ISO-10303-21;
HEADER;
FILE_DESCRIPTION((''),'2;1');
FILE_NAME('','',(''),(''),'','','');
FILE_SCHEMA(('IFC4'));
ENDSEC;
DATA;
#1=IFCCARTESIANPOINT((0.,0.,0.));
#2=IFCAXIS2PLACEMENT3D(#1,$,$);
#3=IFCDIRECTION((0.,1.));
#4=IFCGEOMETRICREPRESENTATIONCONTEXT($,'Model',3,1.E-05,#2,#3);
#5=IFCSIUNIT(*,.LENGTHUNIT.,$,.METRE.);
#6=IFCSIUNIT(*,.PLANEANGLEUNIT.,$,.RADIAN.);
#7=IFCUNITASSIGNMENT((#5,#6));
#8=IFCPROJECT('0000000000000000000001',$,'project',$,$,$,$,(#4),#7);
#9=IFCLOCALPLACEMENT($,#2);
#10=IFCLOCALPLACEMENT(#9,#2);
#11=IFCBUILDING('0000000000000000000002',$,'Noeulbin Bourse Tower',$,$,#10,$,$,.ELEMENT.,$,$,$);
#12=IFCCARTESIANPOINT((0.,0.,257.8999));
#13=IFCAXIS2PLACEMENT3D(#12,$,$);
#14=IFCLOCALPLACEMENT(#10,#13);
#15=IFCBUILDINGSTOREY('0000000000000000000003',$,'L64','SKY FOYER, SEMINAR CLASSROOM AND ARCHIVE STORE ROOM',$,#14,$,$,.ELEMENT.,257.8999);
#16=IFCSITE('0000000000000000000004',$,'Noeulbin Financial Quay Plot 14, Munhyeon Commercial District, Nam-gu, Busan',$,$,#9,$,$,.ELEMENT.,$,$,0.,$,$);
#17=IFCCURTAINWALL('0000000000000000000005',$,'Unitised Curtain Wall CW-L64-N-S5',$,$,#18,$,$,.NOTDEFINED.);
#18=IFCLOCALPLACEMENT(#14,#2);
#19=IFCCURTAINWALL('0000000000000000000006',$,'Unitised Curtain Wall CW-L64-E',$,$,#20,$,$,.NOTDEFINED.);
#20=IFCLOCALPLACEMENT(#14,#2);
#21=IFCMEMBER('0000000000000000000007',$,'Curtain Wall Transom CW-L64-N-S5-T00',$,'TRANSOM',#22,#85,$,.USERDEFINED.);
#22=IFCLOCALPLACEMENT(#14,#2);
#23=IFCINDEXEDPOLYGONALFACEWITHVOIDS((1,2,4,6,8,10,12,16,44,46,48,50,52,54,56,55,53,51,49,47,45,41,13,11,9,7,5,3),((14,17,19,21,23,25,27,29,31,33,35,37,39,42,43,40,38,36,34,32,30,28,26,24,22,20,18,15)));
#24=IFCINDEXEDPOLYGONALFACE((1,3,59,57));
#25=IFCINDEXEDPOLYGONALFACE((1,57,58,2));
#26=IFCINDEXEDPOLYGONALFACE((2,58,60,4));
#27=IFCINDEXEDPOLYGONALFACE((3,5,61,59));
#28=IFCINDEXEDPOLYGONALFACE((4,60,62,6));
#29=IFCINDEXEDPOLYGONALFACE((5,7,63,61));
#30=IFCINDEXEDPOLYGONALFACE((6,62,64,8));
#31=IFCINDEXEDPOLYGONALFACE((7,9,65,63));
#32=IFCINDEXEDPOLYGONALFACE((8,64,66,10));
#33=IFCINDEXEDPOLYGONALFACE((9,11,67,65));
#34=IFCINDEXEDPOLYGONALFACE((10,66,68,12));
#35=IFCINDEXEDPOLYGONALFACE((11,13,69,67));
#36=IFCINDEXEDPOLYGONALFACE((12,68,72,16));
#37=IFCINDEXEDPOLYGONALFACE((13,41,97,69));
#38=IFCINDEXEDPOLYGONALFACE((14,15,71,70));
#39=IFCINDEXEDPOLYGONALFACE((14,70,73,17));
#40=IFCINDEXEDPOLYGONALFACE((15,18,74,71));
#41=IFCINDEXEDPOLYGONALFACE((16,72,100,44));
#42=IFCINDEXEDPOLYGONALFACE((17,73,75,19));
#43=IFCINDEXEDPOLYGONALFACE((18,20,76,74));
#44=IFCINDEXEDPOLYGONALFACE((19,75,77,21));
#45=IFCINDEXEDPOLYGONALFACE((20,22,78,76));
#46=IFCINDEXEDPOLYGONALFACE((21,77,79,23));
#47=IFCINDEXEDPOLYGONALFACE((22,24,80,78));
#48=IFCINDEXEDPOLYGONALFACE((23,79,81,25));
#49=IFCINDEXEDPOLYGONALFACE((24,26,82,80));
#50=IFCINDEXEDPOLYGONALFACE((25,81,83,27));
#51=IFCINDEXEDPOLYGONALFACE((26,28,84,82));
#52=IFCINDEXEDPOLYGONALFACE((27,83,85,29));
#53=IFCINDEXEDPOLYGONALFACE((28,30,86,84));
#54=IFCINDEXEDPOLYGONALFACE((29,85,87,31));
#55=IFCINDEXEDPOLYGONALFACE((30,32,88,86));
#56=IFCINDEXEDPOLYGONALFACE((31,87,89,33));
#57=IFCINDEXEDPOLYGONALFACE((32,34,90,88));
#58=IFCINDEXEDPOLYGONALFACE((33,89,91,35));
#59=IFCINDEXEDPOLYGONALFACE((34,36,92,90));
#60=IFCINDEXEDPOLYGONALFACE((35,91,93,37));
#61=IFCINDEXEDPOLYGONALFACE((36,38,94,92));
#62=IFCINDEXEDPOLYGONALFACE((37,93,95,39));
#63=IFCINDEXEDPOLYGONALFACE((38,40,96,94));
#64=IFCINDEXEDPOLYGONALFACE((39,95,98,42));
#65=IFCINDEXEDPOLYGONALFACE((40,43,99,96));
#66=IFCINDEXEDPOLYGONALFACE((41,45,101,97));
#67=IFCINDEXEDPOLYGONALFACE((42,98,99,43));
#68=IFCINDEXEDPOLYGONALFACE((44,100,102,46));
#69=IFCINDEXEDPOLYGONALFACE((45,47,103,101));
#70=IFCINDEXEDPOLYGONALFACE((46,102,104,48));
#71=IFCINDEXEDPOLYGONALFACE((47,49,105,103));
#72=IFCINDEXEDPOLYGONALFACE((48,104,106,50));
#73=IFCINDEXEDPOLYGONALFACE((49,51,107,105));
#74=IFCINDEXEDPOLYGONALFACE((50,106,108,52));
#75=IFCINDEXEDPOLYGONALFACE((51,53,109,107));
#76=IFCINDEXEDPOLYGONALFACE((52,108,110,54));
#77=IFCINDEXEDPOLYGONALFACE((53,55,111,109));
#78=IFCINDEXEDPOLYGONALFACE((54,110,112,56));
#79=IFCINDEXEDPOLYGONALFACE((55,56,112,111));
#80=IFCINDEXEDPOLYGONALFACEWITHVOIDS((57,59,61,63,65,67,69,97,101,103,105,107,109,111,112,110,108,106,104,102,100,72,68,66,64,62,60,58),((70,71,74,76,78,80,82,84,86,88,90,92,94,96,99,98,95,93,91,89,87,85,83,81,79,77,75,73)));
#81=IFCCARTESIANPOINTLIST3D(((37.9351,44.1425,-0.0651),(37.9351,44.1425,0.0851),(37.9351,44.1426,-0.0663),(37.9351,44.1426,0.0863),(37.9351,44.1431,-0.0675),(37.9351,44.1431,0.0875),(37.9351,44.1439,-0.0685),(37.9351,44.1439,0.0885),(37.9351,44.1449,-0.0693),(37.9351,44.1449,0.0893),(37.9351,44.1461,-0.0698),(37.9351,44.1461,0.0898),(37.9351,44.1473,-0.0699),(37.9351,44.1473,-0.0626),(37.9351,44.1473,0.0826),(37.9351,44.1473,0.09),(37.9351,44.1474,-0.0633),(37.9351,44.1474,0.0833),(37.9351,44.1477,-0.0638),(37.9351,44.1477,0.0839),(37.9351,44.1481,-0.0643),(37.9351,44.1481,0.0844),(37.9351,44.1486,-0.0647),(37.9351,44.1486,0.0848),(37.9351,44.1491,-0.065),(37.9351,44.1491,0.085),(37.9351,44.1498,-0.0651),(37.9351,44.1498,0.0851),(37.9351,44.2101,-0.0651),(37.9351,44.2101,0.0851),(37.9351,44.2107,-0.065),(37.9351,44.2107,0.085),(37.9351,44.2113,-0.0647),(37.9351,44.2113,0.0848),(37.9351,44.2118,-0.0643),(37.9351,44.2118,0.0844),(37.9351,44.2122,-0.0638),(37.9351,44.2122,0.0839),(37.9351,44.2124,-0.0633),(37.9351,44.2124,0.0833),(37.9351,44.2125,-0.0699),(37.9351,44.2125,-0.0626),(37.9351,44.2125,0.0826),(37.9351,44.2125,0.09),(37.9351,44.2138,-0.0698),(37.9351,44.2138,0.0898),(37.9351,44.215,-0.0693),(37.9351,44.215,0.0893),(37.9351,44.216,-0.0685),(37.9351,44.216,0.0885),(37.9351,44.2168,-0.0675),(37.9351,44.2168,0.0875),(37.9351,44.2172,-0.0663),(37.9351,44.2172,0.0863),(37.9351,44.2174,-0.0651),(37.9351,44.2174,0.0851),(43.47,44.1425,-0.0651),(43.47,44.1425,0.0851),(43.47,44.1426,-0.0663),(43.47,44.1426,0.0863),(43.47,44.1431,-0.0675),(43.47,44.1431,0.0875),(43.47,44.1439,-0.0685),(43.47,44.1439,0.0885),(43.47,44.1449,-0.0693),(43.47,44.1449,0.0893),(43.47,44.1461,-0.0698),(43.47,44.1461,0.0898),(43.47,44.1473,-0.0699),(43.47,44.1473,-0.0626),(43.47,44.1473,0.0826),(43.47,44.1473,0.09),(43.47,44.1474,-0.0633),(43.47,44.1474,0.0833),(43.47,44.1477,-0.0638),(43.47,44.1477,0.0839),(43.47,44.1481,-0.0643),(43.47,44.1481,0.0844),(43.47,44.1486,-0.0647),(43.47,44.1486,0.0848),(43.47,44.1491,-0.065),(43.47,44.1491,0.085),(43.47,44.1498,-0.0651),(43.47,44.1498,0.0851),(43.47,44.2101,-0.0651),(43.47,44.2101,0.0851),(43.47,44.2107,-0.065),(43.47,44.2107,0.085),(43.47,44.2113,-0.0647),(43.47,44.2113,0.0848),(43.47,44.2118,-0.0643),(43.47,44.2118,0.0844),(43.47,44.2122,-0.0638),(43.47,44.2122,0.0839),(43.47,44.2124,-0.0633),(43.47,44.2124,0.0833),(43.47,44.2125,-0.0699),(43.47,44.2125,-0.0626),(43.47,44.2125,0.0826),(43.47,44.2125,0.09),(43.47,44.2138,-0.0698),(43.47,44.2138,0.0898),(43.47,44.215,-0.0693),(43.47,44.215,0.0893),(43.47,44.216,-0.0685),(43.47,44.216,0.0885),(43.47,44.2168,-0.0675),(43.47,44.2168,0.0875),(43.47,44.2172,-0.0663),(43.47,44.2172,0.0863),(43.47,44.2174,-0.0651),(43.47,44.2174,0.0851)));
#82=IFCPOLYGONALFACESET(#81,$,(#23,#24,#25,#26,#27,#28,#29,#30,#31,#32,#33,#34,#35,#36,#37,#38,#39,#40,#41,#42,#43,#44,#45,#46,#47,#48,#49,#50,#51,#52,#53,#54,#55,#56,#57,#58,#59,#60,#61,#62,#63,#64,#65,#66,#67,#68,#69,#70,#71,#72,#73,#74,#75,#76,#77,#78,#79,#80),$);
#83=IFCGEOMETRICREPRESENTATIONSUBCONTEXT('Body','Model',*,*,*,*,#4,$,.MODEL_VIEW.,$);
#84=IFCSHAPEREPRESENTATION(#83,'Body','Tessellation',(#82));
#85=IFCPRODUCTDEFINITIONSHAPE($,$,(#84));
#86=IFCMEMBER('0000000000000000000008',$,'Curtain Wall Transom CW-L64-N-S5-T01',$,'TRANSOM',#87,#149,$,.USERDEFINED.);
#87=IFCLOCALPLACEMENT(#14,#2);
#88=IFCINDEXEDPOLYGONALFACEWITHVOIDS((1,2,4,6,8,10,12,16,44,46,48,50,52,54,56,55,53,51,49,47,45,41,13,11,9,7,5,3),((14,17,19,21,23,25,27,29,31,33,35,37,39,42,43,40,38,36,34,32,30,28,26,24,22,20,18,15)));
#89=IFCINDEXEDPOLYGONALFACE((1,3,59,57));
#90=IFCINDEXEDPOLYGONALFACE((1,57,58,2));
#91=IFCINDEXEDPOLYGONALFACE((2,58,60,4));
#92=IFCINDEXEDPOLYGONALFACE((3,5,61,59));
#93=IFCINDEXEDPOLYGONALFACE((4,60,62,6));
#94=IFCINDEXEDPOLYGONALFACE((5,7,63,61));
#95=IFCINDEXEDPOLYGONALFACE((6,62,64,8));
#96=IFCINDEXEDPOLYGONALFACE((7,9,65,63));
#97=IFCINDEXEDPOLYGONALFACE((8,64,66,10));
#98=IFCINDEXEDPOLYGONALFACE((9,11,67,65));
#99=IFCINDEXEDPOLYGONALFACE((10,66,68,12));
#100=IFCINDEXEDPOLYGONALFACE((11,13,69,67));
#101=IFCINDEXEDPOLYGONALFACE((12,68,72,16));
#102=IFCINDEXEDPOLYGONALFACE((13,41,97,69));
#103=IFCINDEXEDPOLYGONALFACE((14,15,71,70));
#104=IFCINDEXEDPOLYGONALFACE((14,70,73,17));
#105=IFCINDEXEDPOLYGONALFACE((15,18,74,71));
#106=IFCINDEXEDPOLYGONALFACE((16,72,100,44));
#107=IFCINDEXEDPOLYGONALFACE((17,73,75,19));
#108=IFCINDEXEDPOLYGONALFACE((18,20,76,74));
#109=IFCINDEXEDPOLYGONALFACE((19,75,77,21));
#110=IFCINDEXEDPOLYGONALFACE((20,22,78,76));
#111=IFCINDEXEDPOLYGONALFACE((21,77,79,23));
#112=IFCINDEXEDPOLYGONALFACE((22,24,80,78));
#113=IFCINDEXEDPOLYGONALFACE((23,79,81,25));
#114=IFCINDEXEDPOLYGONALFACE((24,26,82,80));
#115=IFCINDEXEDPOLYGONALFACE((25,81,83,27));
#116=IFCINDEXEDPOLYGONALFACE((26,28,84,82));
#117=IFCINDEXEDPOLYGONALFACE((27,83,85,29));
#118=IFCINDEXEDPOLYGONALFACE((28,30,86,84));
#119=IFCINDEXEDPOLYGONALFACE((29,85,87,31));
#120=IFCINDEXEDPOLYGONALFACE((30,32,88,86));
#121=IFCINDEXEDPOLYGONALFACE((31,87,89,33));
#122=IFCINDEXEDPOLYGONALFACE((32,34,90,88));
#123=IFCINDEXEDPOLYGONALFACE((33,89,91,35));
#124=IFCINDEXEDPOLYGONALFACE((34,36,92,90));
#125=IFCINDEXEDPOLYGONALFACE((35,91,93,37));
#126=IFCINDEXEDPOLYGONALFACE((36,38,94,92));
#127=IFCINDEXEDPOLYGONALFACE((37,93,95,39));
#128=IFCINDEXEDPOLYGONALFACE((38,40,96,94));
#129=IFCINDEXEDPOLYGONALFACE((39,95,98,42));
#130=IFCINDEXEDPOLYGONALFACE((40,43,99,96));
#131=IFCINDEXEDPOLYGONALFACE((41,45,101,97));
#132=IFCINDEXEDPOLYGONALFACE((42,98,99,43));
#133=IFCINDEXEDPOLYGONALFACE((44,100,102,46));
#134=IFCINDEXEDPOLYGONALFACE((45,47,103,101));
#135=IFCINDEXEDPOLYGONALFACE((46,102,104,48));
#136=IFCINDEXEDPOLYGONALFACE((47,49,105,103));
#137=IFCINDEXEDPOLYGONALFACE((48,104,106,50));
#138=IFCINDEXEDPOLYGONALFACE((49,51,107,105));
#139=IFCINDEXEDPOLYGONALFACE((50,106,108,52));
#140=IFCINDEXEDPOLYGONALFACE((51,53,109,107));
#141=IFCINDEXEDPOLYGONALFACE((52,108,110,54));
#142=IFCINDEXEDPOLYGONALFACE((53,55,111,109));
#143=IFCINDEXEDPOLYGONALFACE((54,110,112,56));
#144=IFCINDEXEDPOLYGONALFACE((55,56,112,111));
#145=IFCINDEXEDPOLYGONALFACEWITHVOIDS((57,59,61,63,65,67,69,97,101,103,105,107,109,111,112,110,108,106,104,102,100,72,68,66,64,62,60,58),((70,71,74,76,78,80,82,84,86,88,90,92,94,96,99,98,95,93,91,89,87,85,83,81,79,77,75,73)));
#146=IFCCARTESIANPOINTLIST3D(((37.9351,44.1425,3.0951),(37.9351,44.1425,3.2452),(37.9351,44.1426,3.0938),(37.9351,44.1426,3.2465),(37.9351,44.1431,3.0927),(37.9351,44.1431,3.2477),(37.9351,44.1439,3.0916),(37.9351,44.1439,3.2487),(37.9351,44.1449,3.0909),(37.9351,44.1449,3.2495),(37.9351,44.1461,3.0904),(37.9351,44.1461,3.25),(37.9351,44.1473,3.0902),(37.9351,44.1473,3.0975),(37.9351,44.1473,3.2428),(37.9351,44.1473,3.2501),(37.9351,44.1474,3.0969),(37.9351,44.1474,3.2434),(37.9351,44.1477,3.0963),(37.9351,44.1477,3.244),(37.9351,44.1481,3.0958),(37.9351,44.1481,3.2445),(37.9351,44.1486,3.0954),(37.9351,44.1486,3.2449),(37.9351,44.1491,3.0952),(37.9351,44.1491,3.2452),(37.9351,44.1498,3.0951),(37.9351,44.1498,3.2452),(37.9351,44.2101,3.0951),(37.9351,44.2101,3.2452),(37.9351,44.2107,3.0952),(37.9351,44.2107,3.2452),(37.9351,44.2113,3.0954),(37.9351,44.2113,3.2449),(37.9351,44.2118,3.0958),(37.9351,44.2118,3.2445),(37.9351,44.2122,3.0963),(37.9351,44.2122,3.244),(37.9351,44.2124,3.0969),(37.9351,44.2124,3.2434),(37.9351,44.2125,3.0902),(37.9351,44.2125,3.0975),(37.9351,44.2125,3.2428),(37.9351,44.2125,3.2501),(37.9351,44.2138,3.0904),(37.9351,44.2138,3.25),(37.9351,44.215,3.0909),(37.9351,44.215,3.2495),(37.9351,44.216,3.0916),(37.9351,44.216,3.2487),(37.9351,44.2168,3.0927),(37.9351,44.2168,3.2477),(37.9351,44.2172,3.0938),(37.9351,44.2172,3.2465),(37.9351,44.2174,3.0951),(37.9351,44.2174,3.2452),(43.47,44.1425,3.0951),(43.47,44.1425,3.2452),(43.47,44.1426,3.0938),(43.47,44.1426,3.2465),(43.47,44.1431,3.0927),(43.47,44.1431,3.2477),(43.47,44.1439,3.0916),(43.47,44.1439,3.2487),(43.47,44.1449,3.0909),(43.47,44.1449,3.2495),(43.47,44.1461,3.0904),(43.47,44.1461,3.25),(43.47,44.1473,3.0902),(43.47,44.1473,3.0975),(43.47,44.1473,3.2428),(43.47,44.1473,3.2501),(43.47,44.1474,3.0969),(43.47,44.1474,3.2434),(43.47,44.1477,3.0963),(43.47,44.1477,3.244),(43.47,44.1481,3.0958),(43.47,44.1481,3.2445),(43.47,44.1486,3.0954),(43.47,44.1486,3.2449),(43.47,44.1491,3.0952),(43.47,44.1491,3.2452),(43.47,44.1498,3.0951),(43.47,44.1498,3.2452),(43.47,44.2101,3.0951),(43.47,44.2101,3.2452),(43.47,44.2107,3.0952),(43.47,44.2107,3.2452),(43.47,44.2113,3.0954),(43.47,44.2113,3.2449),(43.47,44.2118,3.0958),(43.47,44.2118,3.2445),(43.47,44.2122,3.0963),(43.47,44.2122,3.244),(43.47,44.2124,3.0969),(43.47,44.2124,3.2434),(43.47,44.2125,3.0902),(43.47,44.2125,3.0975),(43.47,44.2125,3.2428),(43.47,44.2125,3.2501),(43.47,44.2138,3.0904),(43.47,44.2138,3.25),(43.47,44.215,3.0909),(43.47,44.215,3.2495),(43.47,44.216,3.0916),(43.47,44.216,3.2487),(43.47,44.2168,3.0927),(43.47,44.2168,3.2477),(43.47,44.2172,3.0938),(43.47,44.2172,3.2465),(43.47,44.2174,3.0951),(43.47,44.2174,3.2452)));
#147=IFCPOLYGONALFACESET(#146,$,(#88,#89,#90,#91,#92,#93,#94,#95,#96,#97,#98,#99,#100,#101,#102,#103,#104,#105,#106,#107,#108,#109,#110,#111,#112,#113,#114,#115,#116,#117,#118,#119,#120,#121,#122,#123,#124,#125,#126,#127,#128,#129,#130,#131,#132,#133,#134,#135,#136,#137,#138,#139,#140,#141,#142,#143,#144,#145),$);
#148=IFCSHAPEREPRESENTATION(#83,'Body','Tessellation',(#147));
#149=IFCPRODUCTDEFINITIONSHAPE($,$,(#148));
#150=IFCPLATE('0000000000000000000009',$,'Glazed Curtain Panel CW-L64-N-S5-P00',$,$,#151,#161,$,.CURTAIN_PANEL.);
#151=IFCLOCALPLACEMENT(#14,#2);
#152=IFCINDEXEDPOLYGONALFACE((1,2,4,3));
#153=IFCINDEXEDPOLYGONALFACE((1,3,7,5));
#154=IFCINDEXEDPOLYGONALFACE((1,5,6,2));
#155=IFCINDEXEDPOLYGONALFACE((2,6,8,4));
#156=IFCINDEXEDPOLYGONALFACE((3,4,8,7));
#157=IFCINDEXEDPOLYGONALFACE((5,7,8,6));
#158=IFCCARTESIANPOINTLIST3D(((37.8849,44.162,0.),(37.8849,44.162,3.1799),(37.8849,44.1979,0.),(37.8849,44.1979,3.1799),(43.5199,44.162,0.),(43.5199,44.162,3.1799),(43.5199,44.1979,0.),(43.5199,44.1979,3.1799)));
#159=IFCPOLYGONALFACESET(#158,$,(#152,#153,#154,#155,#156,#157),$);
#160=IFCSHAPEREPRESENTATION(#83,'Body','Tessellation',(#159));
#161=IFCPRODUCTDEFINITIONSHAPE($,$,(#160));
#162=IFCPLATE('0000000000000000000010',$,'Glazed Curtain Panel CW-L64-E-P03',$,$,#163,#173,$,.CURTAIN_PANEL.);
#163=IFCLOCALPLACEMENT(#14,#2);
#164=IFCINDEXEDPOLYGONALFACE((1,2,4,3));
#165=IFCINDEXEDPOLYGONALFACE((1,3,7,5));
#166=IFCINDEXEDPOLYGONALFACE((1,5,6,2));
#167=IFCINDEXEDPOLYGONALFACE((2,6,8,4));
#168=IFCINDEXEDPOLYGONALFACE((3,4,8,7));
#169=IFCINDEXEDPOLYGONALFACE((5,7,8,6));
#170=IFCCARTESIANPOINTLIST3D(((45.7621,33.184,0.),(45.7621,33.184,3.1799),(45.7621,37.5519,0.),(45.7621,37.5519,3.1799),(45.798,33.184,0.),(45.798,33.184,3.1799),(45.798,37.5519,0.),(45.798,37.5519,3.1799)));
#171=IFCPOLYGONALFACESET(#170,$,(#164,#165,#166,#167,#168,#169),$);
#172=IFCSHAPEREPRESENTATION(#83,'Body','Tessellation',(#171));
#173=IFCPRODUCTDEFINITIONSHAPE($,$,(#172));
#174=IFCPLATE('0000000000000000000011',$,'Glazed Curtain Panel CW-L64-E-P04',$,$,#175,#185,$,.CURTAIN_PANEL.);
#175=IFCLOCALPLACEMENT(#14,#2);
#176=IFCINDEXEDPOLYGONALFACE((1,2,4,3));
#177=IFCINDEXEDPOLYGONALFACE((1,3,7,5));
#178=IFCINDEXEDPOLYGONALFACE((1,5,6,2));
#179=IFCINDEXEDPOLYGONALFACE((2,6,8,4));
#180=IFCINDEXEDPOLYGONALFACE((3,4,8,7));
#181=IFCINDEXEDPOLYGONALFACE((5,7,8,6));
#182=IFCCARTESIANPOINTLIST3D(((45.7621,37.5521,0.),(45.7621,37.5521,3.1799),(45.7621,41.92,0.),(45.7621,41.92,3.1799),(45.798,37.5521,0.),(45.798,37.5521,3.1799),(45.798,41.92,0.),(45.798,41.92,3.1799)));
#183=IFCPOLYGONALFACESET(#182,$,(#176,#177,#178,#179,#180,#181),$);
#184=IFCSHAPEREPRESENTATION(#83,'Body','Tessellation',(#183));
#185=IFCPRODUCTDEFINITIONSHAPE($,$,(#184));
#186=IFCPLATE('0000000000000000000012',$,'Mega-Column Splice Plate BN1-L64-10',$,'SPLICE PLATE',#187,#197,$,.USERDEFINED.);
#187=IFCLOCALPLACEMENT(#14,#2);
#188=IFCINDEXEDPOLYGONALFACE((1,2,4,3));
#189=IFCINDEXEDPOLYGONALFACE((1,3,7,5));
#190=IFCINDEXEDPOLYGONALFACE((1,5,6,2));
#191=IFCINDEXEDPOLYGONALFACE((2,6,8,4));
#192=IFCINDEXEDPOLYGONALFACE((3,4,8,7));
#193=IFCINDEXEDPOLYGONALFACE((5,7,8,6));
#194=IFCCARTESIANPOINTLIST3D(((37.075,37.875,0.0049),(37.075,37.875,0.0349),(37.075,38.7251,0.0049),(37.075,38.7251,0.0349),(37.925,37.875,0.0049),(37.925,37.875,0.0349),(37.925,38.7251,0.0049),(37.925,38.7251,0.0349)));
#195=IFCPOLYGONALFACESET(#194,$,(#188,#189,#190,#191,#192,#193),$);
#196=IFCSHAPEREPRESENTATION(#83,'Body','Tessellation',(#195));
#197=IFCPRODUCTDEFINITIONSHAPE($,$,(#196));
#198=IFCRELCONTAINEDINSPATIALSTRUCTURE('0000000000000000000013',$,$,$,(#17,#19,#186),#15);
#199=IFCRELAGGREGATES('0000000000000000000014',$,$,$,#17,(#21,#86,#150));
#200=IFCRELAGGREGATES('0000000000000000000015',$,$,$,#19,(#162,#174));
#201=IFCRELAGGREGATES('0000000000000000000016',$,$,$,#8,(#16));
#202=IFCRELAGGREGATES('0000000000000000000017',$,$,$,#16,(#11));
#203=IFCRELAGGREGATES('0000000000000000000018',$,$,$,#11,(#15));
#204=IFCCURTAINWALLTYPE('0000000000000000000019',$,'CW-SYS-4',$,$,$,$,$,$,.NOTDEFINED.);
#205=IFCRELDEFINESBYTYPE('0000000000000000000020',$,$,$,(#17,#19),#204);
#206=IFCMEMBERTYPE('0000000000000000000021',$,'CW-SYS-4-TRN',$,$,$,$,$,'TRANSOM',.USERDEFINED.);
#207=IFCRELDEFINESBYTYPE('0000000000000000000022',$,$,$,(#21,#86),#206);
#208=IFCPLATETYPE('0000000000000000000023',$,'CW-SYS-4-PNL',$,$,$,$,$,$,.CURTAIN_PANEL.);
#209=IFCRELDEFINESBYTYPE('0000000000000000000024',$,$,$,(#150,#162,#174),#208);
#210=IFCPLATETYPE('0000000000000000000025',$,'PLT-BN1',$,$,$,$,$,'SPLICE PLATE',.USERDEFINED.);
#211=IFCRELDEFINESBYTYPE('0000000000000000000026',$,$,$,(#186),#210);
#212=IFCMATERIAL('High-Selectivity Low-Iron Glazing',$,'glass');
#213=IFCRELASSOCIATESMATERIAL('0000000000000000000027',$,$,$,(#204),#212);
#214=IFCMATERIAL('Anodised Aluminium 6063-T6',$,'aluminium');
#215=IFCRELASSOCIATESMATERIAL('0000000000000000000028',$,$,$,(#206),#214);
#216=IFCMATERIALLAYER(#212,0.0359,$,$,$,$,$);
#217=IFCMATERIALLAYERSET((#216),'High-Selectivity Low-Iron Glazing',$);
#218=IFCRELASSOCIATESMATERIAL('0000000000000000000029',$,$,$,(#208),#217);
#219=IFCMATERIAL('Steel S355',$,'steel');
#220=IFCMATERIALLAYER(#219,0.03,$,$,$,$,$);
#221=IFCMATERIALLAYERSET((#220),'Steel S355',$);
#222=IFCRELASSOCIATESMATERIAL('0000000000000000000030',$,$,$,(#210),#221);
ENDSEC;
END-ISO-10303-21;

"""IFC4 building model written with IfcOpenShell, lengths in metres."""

from ifc_helpers import new_model, si_unit, direction, frame, origin, origin_2d, place, context, subcontext, project, spatial, rectangle, hollow_rectangle, extrude, material, layer, layer_set, material_profile, profile_set, type_object, element, aggregate, save


model = new_model("IFC4")

# Units and contexts
model_context = context("Model", 3, precision=1e-05, world=origin(), true_north=direction((0.0, 1.0)))
body_context = subcontext(model_context, "Body", "Model", "MODEL_VIEW")
ifc_project = project(units=[si_unit("LENGTHUNIT", "METRE"), si_unit("PLANEANGLEUNIT", "RADIAN")], contexts=[model_context])

# Site, building, storey
site_placement = place(None, origin())
site = spatial("IfcSite", under=ifc_project, at=site_placement, Name="Noeulbin Financial Quay Plot 14, Munhyeon Commercial District, Nam-gu, Busan", CompositionType="ELEMENT", RefElevation=0.0)
building_placement = place(site_placement, origin())
building = spatial("IfcBuilding", under=site, at=building_placement, Name="Noeulbin Bourse Tower", CompositionType="ELEMENT")
storey_placement = place(building_placement, frame((0.0, 0.0, 257.8999)))
storey = spatial("IfcBuildingStorey", under=building, at=storey_placement, Name="L64", Description="SKY FOYER, SEMINAR CLASSROOM AND ARCHIVE STORE ROOM", CompositionType="ELEMENT", Elevation=257.8999)

# Shared definitions
ifc_material_1 = material(Name="Steel S355", Category="steel")

# Shared definitions
ifc_material_2 = material(Name="High-Selectivity Low-Iron Glazing", Category="glass")
curtain_wall_type = type_object("IfcCurtainWallType", Name="CW-SYS-4", PredefinedType="NOTDEFINED", material=ifc_material_2)
ifc_material_3 = material(Name="Anodised Aluminium 6063-T6", Category="aluminium")

# Curtain walls
curtain_wall_1_placement = place(storey_placement, origin())
curtain_wall_1 = element("IfcCurtainWall", 1, at=curtain_wall_1_placement, inside=storey, type_object=curtain_wall_type, Name="Unitised Curtain Wall CW-L64-N-S5", PredefinedType="NOTDEFINED")
curtain_wall_2_placement = place(storey_placement, origin())
curtain_wall_2 = element("IfcCurtainWall", 2, at=curtain_wall_2_placement, inside=storey, type_object=curtain_wall_type, Name="Unitised Curtain Wall CW-L64-E", PredefinedType="NOTDEFINED")

# Members
ifc_material_profile_1 = material_profile(ifc_material_3, hollow_rectangle(XDim=0.075, YDim=0.1599, WallThickness=0.0049, InnerFilletRadius=0.0024, OuterFilletRadius=0.0049, at=origin_2d()), Name="ALU-TRAN-75x160x5", Category="LoadBearing")
ifc_profile_set_1 = profile_set([ifc_material_profile_1], Name="Anodised Aluminium 6063-T6")
member_type_1 = type_object("IfcMemberType", Name="CW-SYS-4-TRN", ElementType="TRANSOM", PredefinedType="USERDEFINED", material=ifc_profile_set_1)
member_1_placement = place(storey_placement, frame((37.9351, 44.1799, 0.01), z_axis=(1.0, 0.0, 0.0), x_axis=(0.0, 1.0, 0.0)))
member_1 = element("IfcMember", 3, at=member_1_placement, type_object=member_type_1, Name="Curtain Wall Transom CW-L64-N-S5-T00", ObjectType="TRANSOM", PredefinedType="USERDEFINED", context=body_context, shape_type="SweptSolid", body=[
    extrude(hollow_rectangle(XDim=0.075, YDim=0.1599, WallThickness=0.0049, InnerFilletRadius=0.0024, OuterFilletRadius=0.0049, at=origin_2d()), origin(), (0.0, 0.0, 1.0), 5.5349),
])
member_2_placement = place(storey_placement, frame((37.9351, 44.1799, 3.1702), z_axis=(1.0, 0.0, 0.0), x_axis=(0.0, 1.0, 0.0)))
member_2 = element("IfcMember", 4, at=member_2_placement, type_object=member_type_1, Name="Curtain Wall Transom CW-L64-N-S5-T01", ObjectType="TRANSOM", PredefinedType="USERDEFINED", context=body_context, shape_type="SweptSolid", body=[
    extrude(hollow_rectangle(XDim=0.075, YDim=0.1599, WallThickness=0.0049, InnerFilletRadius=0.0024, OuterFilletRadius=0.0049, at=origin_2d()), origin(), (0.0, 0.0, 1.0), 5.5349),
])

# Plates
ifc_layer_1 = layer(ifc_material_2, 0.0359)
ifc_layer_set_1 = layer_set([ifc_layer_1], Name="High-Selectivity Low-Iron Glazing")
plate_type_1 = type_object("IfcPlateType", Name="CW-SYS-4-PNL", PredefinedType="CURTAIN_PANEL", material=ifc_layer_set_1)
plate_1_placement = place(storey_placement, frame((40.7024, 44.1799, 0.0), z_axis=(0.0, 0.0, 1.0), x_axis=(1.0, 0.0, 0.0)))
plate_1 = element("IfcPlate", 5, at=plate_1_placement, type_object=plate_type_1, Name="Glazed Curtain Panel CW-L64-N-S5-P00", PredefinedType="CURTAIN_PANEL", context=body_context, shape_type="SweptSolid", body=[
    extrude(rectangle(XDim=5.635, YDim=0.0359, at=origin_2d()), origin(), (0.0, 0.0, 1.0), 3.1799),
])
aggregate(curtain_wall_1, [member_1, member_2, plate_1])
plate_2_placement = place(storey_placement, frame((45.78, 35.3679, 0.0), z_axis=(0.0, 0.0, 1.0), x_axis=(0.0, 1.0, 0.0)))
plate_2 = element("IfcPlate", 6, at=plate_2_placement, type_object=plate_type_1, Name="Glazed Curtain Panel CW-L64-E-P03", PredefinedType="CURTAIN_PANEL", context=body_context, shape_type="SweptSolid", body=[
    extrude(rectangle(XDim=4.3679, YDim=0.0359, at=origin_2d()), origin(), (0.0, 0.0, 1.0), 3.1799),
])
plate_3_placement = place(storey_placement, frame((45.78, 39.7361, 0.0), z_axis=(0.0, 0.0, 1.0), x_axis=(0.0, 1.0, 0.0)))
plate_3 = element("IfcPlate", 7, at=plate_3_placement, type_object=plate_type_1, Name="Glazed Curtain Panel CW-L64-E-P04", PredefinedType="CURTAIN_PANEL", context=body_context, shape_type="SweptSolid", body=[
    extrude(rectangle(XDim=4.3679, YDim=0.0359, at=origin_2d()), origin(), (0.0, 0.0, 1.0), 3.1799),
])
aggregate(curtain_wall_2, [plate_2, plate_3])

# Plate
ifc_layer_2 = layer(ifc_material_1, 0.03)
ifc_layer_set_2 = layer_set([ifc_layer_2], Name="Steel S355")
plate_type_2 = type_object("IfcPlateType", Name="PLT-BN1", ElementType="SPLICE PLATE", PredefinedType="USERDEFINED", material=ifc_layer_set_2)
for number, where, z_axis, x_axis, name in (
    (8, (37.5, 38.3, 0.0049), (0.0, 0.0, 1.0), (1.0, 0.0, 0.0), "Mega-Column Splice Plate BN1-L64-10"),
):
    element("IfcPlate", number, at=place(storey_placement, frame(where, z_axis=z_axis, x_axis=x_axis)), inside=storey, type_object=plate_type_2, Name=name, ObjectType="SPLICE PLATE", PredefinedType="USERDEFINED", context=body_context, shape_type="SweptSolid", body=[
        extrude(rectangle(XDim=0.8501, YDim=0.8501, at=origin_2d()), origin(), (0.0, 0.0, 1.0), 0.03),
    ])

save(model, "model.ifc")
